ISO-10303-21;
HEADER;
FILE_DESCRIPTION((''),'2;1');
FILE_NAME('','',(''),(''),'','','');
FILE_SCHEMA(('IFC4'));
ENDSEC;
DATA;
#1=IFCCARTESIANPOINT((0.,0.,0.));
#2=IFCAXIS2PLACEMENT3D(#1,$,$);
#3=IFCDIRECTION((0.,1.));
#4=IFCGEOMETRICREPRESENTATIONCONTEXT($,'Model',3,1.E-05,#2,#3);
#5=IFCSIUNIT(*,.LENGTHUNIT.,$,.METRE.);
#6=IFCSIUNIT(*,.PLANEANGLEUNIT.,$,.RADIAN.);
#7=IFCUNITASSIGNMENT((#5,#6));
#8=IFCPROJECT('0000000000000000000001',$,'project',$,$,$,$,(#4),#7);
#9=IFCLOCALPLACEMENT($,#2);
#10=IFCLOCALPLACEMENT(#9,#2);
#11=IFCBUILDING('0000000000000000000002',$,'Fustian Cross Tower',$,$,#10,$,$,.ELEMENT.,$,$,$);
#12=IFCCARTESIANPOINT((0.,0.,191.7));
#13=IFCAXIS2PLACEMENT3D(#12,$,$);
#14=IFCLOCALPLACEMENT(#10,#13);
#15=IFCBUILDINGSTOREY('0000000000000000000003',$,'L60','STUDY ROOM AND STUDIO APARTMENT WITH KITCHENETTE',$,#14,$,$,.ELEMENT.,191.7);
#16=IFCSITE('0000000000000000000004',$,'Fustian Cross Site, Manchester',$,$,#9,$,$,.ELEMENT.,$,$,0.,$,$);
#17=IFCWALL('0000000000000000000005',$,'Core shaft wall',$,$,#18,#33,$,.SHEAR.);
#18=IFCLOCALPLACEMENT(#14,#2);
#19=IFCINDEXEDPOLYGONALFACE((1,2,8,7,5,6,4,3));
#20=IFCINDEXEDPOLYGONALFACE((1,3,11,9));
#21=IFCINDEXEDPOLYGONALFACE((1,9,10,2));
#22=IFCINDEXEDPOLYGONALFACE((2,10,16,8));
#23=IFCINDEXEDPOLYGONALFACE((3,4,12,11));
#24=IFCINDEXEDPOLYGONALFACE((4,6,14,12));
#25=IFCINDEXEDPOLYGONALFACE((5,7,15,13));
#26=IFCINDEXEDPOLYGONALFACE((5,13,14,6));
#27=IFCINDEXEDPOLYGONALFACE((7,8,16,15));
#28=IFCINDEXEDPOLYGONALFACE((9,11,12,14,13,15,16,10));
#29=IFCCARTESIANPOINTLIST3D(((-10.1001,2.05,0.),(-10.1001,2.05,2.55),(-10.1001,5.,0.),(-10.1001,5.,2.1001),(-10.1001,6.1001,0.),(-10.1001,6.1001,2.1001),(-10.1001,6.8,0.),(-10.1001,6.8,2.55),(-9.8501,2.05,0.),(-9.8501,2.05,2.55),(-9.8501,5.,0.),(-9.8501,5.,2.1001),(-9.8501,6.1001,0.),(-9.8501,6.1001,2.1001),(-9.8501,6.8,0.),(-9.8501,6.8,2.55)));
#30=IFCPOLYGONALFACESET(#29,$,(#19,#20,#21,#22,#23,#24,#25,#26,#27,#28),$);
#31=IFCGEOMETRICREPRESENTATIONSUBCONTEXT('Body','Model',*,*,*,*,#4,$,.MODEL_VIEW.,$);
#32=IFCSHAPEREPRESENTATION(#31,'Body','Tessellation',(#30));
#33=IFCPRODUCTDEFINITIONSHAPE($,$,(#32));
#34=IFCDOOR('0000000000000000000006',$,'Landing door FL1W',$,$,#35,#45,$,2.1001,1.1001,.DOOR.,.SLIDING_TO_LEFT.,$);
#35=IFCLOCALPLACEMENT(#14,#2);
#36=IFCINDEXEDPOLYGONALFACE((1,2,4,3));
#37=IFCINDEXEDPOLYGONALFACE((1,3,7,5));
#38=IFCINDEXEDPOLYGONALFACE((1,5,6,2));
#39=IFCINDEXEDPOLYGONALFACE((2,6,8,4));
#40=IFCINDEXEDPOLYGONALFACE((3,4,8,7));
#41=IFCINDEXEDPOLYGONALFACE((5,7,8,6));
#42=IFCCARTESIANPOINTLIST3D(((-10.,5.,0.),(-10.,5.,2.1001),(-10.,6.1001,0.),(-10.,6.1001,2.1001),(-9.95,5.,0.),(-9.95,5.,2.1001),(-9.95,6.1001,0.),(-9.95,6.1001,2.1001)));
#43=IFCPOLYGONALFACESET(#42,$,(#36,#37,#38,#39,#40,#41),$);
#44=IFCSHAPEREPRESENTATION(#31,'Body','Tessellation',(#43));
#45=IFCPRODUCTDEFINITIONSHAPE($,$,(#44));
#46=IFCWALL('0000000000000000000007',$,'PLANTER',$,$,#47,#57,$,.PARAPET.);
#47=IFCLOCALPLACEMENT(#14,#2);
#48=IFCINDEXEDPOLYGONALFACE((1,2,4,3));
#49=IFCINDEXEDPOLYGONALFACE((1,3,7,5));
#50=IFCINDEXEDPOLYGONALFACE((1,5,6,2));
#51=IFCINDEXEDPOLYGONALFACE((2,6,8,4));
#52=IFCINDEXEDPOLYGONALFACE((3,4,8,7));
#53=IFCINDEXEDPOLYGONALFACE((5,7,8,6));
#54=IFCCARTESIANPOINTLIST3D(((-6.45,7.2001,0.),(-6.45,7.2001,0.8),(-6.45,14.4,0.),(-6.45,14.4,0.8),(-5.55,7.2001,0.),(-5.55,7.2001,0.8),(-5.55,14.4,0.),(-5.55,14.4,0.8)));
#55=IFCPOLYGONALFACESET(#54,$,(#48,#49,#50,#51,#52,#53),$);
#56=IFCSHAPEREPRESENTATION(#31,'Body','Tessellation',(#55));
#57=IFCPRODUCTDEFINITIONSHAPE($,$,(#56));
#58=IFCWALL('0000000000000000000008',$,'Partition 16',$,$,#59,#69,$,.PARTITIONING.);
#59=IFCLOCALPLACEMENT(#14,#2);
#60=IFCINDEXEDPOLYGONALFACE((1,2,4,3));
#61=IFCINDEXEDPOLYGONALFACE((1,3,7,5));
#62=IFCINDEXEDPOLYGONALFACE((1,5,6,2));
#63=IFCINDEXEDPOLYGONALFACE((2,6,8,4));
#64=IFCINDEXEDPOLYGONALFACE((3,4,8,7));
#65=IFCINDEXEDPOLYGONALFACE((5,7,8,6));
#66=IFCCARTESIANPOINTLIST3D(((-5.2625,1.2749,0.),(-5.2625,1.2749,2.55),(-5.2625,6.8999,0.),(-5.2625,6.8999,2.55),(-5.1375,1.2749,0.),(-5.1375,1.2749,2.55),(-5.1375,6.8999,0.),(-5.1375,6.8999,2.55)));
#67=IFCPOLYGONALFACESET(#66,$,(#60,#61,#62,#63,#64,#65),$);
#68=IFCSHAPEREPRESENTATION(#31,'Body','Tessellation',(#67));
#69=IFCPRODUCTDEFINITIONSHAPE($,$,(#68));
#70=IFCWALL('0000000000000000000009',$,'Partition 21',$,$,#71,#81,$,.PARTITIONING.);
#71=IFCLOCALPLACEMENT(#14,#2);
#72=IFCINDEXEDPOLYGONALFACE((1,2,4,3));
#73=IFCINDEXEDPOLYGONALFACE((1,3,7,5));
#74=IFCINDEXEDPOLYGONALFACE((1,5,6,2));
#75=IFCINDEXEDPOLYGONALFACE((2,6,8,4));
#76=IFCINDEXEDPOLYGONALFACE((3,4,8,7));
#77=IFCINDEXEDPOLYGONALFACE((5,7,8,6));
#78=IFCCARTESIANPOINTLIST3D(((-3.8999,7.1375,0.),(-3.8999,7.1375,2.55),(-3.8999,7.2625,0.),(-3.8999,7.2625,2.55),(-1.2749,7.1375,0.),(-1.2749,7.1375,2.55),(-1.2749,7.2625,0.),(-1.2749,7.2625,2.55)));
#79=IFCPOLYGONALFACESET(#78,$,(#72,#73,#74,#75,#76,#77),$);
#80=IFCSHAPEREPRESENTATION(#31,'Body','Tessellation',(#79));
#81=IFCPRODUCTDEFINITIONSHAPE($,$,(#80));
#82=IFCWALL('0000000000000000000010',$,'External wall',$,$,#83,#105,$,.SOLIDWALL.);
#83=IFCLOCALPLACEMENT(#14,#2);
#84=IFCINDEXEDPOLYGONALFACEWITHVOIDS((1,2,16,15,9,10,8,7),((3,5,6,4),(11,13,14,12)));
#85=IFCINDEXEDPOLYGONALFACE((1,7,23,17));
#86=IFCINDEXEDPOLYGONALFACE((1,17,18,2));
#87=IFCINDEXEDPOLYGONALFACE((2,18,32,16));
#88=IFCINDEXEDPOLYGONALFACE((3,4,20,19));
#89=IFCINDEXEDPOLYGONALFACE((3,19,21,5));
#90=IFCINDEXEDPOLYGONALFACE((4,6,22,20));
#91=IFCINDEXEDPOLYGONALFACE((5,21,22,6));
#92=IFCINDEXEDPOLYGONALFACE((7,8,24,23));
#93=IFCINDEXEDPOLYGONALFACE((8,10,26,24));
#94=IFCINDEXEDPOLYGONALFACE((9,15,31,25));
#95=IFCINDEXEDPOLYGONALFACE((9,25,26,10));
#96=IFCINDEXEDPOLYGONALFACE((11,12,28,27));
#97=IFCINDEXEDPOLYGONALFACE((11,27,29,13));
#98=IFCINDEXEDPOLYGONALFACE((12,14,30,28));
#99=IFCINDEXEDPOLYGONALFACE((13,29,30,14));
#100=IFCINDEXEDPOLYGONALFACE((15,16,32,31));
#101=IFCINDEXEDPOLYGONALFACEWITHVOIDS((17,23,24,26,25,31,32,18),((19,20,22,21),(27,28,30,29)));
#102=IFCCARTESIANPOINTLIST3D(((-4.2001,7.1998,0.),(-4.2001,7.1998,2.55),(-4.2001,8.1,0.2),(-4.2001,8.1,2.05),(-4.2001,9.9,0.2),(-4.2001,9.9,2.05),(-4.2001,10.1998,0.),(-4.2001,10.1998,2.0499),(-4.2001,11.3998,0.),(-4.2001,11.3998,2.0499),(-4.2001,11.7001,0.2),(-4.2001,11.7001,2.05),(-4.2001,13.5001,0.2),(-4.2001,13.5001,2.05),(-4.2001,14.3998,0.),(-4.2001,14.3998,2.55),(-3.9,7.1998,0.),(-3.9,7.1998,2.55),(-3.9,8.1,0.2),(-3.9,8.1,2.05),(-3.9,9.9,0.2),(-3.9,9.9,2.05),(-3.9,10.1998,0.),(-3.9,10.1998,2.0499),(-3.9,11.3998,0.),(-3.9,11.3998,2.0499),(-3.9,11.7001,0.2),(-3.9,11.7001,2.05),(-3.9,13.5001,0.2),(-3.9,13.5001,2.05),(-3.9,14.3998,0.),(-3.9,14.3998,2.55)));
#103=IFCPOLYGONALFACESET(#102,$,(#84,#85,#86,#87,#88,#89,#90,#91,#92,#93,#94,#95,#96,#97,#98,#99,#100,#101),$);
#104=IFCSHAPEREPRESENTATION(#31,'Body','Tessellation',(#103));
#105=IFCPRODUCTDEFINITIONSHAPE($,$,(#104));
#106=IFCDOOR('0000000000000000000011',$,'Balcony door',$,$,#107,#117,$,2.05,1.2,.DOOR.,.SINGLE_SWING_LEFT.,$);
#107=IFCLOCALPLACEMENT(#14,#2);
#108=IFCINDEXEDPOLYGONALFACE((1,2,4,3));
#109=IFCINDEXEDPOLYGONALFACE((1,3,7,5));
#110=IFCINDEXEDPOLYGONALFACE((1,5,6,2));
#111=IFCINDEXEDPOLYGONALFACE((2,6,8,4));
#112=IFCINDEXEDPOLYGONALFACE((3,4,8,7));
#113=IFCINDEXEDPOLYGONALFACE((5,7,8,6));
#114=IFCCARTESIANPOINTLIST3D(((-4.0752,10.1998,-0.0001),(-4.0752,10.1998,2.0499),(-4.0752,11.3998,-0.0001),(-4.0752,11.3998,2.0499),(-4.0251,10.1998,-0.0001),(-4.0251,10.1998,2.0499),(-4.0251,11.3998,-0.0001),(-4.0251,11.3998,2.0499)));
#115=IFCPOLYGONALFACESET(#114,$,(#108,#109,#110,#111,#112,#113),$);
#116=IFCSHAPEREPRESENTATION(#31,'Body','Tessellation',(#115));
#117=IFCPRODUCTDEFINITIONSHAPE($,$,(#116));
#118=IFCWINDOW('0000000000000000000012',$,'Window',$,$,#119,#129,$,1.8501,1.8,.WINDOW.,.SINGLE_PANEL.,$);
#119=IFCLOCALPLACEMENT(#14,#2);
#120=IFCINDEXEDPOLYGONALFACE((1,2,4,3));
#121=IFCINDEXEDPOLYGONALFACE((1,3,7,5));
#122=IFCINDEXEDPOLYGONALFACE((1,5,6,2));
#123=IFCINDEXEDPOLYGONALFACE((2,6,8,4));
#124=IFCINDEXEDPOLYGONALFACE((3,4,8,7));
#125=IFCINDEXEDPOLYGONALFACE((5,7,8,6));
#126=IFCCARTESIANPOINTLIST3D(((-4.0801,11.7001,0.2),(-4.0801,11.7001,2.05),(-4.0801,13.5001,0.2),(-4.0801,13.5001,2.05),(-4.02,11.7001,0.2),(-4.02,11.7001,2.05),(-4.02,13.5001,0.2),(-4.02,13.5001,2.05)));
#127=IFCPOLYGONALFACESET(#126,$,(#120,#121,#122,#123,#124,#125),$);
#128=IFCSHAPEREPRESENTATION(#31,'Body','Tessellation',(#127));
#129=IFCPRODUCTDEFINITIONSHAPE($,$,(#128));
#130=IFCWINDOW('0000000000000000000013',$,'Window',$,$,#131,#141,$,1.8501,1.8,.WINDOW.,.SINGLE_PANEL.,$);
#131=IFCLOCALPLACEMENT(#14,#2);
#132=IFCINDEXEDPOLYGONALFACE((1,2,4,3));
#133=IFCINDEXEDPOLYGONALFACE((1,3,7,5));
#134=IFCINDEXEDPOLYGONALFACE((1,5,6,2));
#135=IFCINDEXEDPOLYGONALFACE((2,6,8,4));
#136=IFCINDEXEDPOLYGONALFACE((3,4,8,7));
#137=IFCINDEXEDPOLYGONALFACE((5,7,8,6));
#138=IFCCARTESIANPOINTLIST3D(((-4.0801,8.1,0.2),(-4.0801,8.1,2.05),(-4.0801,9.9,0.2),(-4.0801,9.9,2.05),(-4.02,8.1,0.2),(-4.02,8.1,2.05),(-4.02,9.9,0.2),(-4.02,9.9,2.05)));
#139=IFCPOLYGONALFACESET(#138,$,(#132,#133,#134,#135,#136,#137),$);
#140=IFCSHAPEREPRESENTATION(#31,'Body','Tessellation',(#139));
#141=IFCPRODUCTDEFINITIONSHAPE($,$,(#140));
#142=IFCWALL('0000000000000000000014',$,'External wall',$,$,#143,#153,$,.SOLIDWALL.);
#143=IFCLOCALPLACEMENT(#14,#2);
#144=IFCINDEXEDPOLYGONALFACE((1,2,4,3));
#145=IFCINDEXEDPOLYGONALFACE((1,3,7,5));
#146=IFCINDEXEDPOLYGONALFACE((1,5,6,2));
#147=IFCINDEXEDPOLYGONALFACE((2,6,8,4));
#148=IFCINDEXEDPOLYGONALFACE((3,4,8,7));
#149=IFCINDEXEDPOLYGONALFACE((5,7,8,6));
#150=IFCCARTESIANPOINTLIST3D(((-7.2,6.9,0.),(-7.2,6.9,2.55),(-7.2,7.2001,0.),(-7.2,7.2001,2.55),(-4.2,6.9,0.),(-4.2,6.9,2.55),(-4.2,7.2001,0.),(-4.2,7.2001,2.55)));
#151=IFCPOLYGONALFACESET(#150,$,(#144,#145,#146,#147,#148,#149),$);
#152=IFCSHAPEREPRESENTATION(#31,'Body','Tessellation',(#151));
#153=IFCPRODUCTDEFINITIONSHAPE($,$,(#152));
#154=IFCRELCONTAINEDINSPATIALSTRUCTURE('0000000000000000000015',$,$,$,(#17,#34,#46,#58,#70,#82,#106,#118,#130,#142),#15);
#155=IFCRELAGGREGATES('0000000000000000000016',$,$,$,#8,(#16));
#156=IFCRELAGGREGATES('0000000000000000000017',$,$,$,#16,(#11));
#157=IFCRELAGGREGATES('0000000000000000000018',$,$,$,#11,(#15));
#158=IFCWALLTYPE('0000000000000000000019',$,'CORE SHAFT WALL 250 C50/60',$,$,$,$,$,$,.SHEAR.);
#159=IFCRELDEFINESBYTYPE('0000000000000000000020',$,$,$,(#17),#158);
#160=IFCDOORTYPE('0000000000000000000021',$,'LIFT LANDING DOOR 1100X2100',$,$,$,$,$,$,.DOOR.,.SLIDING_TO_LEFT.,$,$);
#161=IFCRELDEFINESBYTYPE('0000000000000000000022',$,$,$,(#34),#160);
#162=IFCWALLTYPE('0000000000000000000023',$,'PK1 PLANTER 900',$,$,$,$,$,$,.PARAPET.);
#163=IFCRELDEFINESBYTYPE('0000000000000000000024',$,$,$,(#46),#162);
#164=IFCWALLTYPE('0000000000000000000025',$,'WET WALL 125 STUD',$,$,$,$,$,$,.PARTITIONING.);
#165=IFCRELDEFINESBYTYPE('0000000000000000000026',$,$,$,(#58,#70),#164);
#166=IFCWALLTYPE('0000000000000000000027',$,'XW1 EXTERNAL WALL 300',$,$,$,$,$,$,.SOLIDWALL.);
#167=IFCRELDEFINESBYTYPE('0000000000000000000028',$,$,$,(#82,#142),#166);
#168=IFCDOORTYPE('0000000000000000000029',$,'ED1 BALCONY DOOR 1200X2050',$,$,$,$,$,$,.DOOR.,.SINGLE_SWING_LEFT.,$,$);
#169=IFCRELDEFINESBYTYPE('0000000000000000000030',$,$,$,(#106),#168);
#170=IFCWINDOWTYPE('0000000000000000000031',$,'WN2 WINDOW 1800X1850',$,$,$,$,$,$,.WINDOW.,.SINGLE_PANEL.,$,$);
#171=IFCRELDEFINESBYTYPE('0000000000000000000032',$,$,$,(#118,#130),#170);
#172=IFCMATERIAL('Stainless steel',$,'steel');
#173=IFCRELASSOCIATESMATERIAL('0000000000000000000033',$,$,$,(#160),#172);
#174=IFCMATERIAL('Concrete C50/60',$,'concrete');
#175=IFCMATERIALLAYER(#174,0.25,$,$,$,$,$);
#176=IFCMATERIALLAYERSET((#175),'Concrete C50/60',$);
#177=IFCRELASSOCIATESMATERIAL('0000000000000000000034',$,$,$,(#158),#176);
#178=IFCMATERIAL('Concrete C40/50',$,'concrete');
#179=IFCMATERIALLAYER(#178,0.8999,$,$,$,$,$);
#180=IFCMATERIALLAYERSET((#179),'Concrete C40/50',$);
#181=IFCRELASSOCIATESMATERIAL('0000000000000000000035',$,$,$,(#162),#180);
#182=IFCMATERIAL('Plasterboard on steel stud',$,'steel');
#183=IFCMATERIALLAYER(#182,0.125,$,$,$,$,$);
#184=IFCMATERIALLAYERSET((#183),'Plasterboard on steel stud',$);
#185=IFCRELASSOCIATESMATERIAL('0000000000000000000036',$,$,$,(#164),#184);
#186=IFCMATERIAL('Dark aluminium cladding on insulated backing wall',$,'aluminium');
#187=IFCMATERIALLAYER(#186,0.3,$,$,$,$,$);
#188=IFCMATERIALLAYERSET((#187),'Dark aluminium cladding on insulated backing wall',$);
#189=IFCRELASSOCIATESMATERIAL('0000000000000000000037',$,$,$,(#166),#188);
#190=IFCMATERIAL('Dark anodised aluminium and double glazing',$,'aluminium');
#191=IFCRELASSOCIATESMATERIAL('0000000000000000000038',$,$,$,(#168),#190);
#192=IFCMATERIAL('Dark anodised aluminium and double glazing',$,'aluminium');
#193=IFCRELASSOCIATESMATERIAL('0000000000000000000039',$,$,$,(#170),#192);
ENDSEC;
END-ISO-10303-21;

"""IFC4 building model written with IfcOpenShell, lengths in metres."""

from ifc_helpers import new_model, si_unit, direction, frame, frame_2d, origin, place, context, subcontext, project, spatial, rectangle, extrude, material, layer, layer_set, type_object, element, fill, save


model = new_model("IFC4")

# Units and contexts
model_context = context("Model", 3, precision=1e-05, world=origin(), true_north=direction((0.0, 1.0)))
body_context = subcontext(model_context, "Body", "Model", "MODEL_VIEW")
ifc_project = project(units=[si_unit("LENGTHUNIT", "METRE"), si_unit("PLANEANGLEUNIT", "RADIAN")], contexts=[model_context])

# Site, building, storey
site_placement = place(None, origin())
site = spatial("IfcSite", under=ifc_project, at=site_placement, Name="Fustian Cross Site, Manchester", CompositionType="ELEMENT", RefElevation=0.0)
building_placement = place(site_placement, origin())
building = spatial("IfcBuilding", under=site, at=building_placement, Name="Fustian Cross Tower", CompositionType="ELEMENT")
storey_placement = place(building_placement, frame((0.0, 0.0, 191.7)))
storey = spatial("IfcBuildingStorey", under=building, at=storey_placement, Name="L60", Description="STUDY ROOM AND STUDIO APARTMENT WITH KITCHENETTE", CompositionType="ELEMENT", Elevation=191.7)

# Shared definitions
ifc_material_1 = material(Name="Stainless steel", Category="steel")
door_type_1 = type_object("IfcDoorType", Name="LIFT LANDING DOOR 1100X2100", OperationType="SLIDING_TO_LEFT", PredefinedType="DOOR", material=ifc_material_1)

# Shared definitions
ifc_material_2 = material(Name="Concrete C50/60", Category="concrete")
ifc_layer_1 = layer(ifc_material_2, 0.25)
ifc_layer_set_1 = layer_set([ifc_layer_1], Name="Concrete C50/60")
wall_type_1 = type_object("IfcWallType", Name="CORE SHAFT WALL 250 C50/60", PredefinedType="SHEAR", material=ifc_layer_set_1)

# Wall, opening, door
wall_1_placement = place(storey_placement, frame((-9.9751, 2.05, 0.0), z_axis=(0.0, 0.0, 1.0), x_axis=(0.0, 1.0, 0.0)))
wall_1 = element("IfcWall", 1, at=wall_1_placement, inside=storey, type_object=wall_type_1, Name="Core shaft wall", PredefinedType="SHEAR", context=body_context, shape_type="SweptSolid", body=[
    extrude(rectangle(XDim=4.75, YDim=0.25, at=frame_2d((2.375, 0.0))), origin(), (0.0, 0.0, 1.0), 2.55),
])
opening_1_placement = place(wall_1_placement, frame((2.95, 0.0, 0.0)))
opening_1 = element("IfcOpeningElement", 2, at=opening_1_placement, cuts=wall_1, PredefinedType="OPENING", context=body_context, shape_type="SweptSolid", body=[
    extrude(rectangle(XDim=1.1001, YDim=2.1001, at=frame_2d((0.55, 1.05))), frame((0.0, 0.135, 0.0), z_axis=(0.0, -1.0, 0.0), x_axis=(1.0, 0.0, 0.0)), (0.0, 0.0, 1.0), 0.27),
])
door_1_placement = place(opening_1_placement, origin())
door_1 = element("IfcDoor", 3, at=door_1_placement, inside=storey, type_object=door_type_1, Name="Landing door FL1W", OperationType="SLIDING_TO_LEFT", OverallHeight=2.1001, OverallWidth=1.1001, PredefinedType="DOOR", context=body_context, shape_type="SweptSolid", body=[
    extrude(rectangle(XDim=1.1001, YDim=2.1001, at=frame_2d((0.55, 1.05))), frame((0.0, 0.0249, 0.0), z_axis=(0.0, -1.0, 0.0), x_axis=(1.0, 0.0, 0.0)), (0.0, 0.0, 1.0), 0.05),
])
fill(opening_1, door_1)

# Walls
ifc_material_3 = material(Name="Concrete C40/50", Category="concrete")
ifc_layer_2 = layer(ifc_material_3, 0.8999)
ifc_layer_set_2 = layer_set([ifc_layer_2], Name="Concrete C40/50")
wall_type_2 = type_object("IfcWallType", Name="PK1 PLANTER 900", PredefinedType="PARAPET", material=ifc_layer_set_2)
wall_2_placement = place(storey_placement, frame((-6.0, 7.2, 0.0), z_axis=(0.0, 0.0, 1.0), x_axis=(0.0, 1.0, 0.0)))
element("IfcWall", 4, at=wall_2_placement, inside=storey, type_object=wall_type_2, Name="PLANTER", PredefinedType="PARAPET", context=body_context, shape_type="SweptSolid", body=[
    extrude(rectangle(XDim=7.2, YDim=0.8999, at=frame_2d((3.6001, 0.0))), origin(), (0.0, 0.0, 1.0), 0.8),
])
ifc_material_4 = material(Name="Plasterboard on steel stud", Category="steel")
ifc_layer_3 = layer(ifc_material_4, 0.125)
ifc_layer_set_3 = layer_set([ifc_layer_3], Name="Plasterboard on steel stud")
wall_type_3 = type_object("IfcWallType", Name="WET WALL 125 STUD", PredefinedType="PARTITIONING", material=ifc_layer_set_3)
wall_3_placement = place(storey_placement, frame((-5.2, 1.2749, 0.0), z_axis=(0.0, 0.0, 1.0), x_axis=(0.0, 1.0, 0.0)))
element("IfcWall", 5, at=wall_3_placement, inside=storey, type_object=wall_type_3, Name="Partition 16", PredefinedType="PARTITIONING", context=body_context, shape_type="SweptSolid", body=[
    extrude(rectangle(XDim=5.625, YDim=0.125, at=frame_2d((2.8125, 0.0))), origin(), (0.0, 0.0, 1.0), 2.55),
])
wall_4_placement = place(storey_placement, frame((-3.8999, 7.2, 0.0), z_axis=(0.0, 0.0, 1.0), x_axis=(1.0, 0.0, 0.0)))
element("IfcWall", 6, at=wall_4_placement, inside=storey, type_object=wall_type_3, Name="Partition 21", PredefinedType="PARTITIONING", context=body_context, shape_type="SweptSolid", body=[
    extrude(rectangle(XDim=2.625, YDim=0.125, at=frame_2d((1.3125, 0.0))), origin(), (0.0, 0.0, 1.0), 2.55),
])

# Wall, openings, door, windows
ifc_material_5 = material(Name="Dark aluminium cladding on insulated backing wall", Category="aluminium")
ifc_layer_4 = layer(ifc_material_5, 0.3)
ifc_layer_set_4 = layer_set([ifc_layer_4], Name="Dark aluminium cladding on insulated backing wall")
wall_type_4 = type_object("IfcWallType", Name="XW1 EXTERNAL WALL 300", PredefinedType="SOLIDWALL", material=ifc_layer_set_4)
wall_5_placement = place(storey_placement, frame((-4.05, 14.3999, 0.0), z_axis=(0.0, 0.0, 1.0), x_axis=(0.0, -1.0, 0.0)))
wall_5 = element("IfcWall", 7, at=wall_5_placement, inside=storey, type_object=wall_type_4, Name="External wall", PredefinedType="SOLIDWALL", context=body_context, shape_type="SweptSolid", body=[
    extrude(rectangle(XDim=7.2, YDim=0.3, at=frame_2d((3.6001, 0.0))), origin(), (0.0, 0.0, 1.0), 2.55),
])
opening_2_placement = place(wall_5_placement, frame((3.0, 0.0, 0.0)))
opening_2 = element("IfcOpeningElement", 8, at=opening_2_placement, cuts=wall_5, PredefinedType="OPENING", context=body_context, shape_type="SweptSolid", body=[
    extrude(rectangle(XDim=1.2, YDim=2.05, at=frame_2d((0.6001, 1.0249))), frame((0.0, 0.1599, 0.0), z_axis=(0.0, -1.0, 0.0), x_axis=(1.0, 0.0, 0.0)), (0.0, 0.0, 1.0), 0.3201),
])
opening_3_placement = place(wall_5_placement, frame((0.8999, 0.0, 0.2)))
opening_3 = element("IfcOpeningElement", 9, at=opening_3_placement, cuts=wall_5, PredefinedType="OPENING", context=body_context, shape_type="SweptSolid", body=[
    extrude(rectangle(XDim=1.8, YDim=1.8501, at=frame_2d((0.8999, 0.925))), frame((0.0, 0.1599, 0.0), z_axis=(0.0, -1.0, 0.0), x_axis=(1.0, 0.0, 0.0)), (0.0, 0.0, 1.0), 0.3201),
])
opening_4_placement = place(wall_5_placement, frame((4.5, 0.0, 0.2)))
opening_4 = element("IfcOpeningElement", 10, at=opening_4_placement, cuts=wall_5, PredefinedType="OPENING", context=body_context, shape_type="SweptSolid", body=[
    extrude(rectangle(XDim=1.8, YDim=1.8501, at=frame_2d((0.8999, 0.925))), frame((0.0, 0.1599, 0.0), z_axis=(0.0, -1.0, 0.0), x_axis=(1.0, 0.0, 0.0)), (0.0, 0.0, 1.0), 0.3201),
])
ifc_material_6 = material(Name="Dark anodised aluminium and double glazing", Category="aluminium")
door_type_2 = type_object("IfcDoorType", Name="ED1 BALCONY DOOR 1200X2050", OperationType="SINGLE_SWING_LEFT", PredefinedType="DOOR", material=ifc_material_6)
door_2_placement = place(opening_2_placement, origin())
door_2 = element("IfcDoor", 11, at=door_2_placement, inside=storey, type_object=door_type_2, Name="Balcony door", OperationType="SINGLE_SWING_LEFT", OverallHeight=2.05, OverallWidth=1.2, PredefinedType="DOOR", context=body_context, shape_type="SweptSolid", body=[
    extrude(rectangle(XDim=1.2, YDim=2.05, at=frame_2d((0.6001, 1.0249))), frame((0.0, 0.0249, 0.0), z_axis=(0.0, -1.0, 0.0), x_axis=(1.0, 0.0, 0.0)), (0.0, 0.0, 1.0), 0.05),
])
fill(opening_2, door_2)
ifc_material_7 = material(Name="Dark anodised aluminium and double glazing", Category="aluminium")
window_type = type_object("IfcWindowType", Name="WN2 WINDOW 1800X1850", PartitioningType="SINGLE_PANEL", PredefinedType="WINDOW", material=ifc_material_7)
window_1_placement = place(opening_3_placement, origin())
window_1 = element("IfcWindow", 12, at=window_1_placement, inside=storey, type_object=window_type, Name="Window", OverallHeight=1.8501, OverallWidth=1.8, PartitioningType="SINGLE_PANEL", PredefinedType="WINDOW", context=body_context, shape_type="SweptSolid", body=[
    extrude(rectangle(XDim=1.8, YDim=1.8501, at=frame_2d((0.8999, 0.925))), frame((0.0, 0.03, 0.0), z_axis=(0.0, -1.0, 0.0), x_axis=(1.0, 0.0, 0.0)), (0.0, 0.0, 1.0), 0.0601),
])
fill(opening_3, window_1)
window_2_placement = place(opening_4_placement, origin())
window_2 = element("IfcWindow", 13, at=window_2_placement, inside=storey, type_object=window_type, Name="Window", OverallHeight=1.8501, OverallWidth=1.8, PartitioningType="SINGLE_PANEL", PredefinedType="WINDOW", context=body_context, shape_type="SweptSolid", body=[
    extrude(rectangle(XDim=1.8, YDim=1.8501, at=frame_2d((0.8999, 0.925))), frame((0.0, 0.03, 0.0), z_axis=(0.0, -1.0, 0.0), x_axis=(1.0, 0.0, 0.0)), (0.0, 0.0, 1.0), 0.0601),
])
fill(opening_4, window_2)

# Wall
wall_6_placement = place(storey_placement, frame((-4.2, 7.05, 0.0), z_axis=(0.0, 0.0, 1.0), x_axis=(-1.0, 0.0, 0.0)))
element("IfcWall", 14, at=wall_6_placement, inside=storey, type_object=wall_type_4, Name="External wall", PredefinedType="SOLIDWALL", context=body_context, shape_type="SweptSolid", body=[
    extrude(rectangle(XDim=3.0, YDim=0.3, at=frame_2d((1.5, 0.0))), origin(), (0.0, 0.0, 1.0), 2.55),
])

save(model, "model.ifc")
